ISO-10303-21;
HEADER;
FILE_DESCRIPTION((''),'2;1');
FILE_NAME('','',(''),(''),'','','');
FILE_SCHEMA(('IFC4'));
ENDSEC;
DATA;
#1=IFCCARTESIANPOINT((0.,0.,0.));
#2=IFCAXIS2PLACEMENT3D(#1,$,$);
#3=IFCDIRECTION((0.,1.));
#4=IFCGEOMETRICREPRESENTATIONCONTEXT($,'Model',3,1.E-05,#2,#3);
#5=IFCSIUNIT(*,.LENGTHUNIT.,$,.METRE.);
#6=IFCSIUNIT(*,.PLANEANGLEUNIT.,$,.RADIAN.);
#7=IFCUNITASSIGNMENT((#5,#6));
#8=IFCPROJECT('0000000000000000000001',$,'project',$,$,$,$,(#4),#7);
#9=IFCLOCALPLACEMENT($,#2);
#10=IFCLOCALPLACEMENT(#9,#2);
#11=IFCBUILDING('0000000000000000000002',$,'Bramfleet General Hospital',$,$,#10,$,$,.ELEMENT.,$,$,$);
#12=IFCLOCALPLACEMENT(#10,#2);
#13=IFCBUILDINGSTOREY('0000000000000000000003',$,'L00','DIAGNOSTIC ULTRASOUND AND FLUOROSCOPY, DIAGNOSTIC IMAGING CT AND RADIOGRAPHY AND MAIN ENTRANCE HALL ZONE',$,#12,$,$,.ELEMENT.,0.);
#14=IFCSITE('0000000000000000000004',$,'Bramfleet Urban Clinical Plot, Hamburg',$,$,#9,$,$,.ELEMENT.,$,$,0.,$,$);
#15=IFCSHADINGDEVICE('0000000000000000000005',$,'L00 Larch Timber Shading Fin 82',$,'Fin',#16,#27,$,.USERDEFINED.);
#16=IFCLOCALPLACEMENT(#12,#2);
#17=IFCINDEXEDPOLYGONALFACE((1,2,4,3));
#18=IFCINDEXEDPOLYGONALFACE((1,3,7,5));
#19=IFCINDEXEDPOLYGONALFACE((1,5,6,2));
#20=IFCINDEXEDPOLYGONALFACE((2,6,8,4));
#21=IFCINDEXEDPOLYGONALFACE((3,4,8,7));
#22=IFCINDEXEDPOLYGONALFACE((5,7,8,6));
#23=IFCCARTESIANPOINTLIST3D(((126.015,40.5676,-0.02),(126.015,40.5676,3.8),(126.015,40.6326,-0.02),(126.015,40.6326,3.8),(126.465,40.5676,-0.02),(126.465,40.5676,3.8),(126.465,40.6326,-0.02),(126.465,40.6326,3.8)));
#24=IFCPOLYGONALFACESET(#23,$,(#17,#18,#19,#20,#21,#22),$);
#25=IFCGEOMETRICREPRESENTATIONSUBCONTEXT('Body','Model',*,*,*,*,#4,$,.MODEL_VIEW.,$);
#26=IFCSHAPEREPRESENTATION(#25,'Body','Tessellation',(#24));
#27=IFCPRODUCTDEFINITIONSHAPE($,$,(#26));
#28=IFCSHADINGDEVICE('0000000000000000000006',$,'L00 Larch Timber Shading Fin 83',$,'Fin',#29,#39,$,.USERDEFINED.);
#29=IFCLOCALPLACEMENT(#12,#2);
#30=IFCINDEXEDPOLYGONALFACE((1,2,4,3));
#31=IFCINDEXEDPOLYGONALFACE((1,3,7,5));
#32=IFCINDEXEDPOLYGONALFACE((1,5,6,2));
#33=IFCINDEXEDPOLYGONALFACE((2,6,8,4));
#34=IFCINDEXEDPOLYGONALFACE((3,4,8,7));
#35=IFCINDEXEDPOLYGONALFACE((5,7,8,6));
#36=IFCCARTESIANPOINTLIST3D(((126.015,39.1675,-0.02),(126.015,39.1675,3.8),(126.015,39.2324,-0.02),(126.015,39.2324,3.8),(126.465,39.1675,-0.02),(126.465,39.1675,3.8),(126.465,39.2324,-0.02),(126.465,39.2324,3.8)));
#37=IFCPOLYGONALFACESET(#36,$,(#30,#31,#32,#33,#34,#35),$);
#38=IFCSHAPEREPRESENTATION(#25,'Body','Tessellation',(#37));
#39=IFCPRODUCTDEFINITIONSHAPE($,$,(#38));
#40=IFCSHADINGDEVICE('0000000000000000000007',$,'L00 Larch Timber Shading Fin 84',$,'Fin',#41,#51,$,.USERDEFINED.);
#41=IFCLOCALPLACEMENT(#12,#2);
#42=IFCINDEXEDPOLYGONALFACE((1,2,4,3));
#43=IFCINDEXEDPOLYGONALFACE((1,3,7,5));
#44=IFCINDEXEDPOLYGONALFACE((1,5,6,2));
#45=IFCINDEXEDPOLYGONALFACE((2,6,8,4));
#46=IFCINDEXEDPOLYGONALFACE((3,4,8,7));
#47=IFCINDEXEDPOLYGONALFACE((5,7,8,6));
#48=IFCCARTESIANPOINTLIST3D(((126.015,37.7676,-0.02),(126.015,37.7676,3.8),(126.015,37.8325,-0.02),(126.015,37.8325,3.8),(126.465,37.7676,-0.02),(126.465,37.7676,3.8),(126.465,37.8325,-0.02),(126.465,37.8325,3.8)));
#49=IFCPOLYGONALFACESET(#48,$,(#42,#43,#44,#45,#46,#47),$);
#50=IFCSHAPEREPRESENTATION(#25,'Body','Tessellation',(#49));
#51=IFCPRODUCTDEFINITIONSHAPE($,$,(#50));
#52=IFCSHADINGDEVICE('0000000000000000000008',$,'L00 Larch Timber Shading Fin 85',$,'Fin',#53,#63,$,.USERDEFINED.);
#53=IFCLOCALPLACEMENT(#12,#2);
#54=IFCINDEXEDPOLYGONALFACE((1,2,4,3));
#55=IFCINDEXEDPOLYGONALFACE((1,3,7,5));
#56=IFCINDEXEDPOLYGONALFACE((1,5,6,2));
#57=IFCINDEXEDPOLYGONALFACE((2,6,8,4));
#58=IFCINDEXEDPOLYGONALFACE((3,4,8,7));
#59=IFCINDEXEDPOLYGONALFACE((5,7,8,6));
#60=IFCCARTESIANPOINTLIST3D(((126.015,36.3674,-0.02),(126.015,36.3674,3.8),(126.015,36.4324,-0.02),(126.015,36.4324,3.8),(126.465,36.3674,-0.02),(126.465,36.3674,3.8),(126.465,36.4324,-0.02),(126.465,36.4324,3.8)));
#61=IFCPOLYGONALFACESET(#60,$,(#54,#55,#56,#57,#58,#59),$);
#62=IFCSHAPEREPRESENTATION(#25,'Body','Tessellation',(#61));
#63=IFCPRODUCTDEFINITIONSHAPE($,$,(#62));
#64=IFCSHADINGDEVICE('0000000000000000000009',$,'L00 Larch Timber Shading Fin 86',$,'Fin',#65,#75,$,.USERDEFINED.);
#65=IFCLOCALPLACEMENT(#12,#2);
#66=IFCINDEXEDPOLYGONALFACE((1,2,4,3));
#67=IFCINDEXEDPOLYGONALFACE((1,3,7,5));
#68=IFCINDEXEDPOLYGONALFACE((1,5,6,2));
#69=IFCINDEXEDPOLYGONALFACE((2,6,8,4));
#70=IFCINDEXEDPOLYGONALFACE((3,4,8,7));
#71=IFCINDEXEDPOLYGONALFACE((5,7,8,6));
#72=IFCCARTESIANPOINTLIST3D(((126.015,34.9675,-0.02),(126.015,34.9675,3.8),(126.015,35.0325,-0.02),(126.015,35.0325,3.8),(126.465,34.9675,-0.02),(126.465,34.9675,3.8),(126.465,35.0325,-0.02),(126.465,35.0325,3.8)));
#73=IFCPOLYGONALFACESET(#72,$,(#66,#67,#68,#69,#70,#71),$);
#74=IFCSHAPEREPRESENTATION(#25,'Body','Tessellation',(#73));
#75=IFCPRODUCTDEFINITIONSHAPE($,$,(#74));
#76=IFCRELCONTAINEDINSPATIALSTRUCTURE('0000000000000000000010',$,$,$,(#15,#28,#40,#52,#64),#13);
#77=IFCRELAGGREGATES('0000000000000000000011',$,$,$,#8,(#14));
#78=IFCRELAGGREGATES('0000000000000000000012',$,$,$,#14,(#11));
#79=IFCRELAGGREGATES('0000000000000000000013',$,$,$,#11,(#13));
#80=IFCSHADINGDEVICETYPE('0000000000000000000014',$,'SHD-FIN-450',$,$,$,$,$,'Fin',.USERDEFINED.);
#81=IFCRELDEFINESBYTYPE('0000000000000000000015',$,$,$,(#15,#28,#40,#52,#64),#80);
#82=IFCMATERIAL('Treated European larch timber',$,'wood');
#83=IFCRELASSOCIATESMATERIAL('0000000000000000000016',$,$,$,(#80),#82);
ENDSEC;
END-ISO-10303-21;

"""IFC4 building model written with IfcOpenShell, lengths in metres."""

from ifc_helpers import new_model, si_unit, direction, frame, origin, origin_2d, place, context, subcontext, project, spatial, rectangle, extrude, material, material_profile, profile_set, type_object, element, save


model = new_model("IFC4")

# Units and contexts
model_context = context("Model", 3, precision=1e-05, world=origin(), true_north=direction((0.0, 1.0)))
body_context = subcontext(model_context, "Body", "Model", "MODEL_VIEW")
ifc_project = project(units=[si_unit("LENGTHUNIT", "METRE"), si_unit("PLANEANGLEUNIT", "RADIAN")], contexts=[model_context])

# Site, building, storey
site_placement = place(None, origin())
site = spatial("IfcSite", under=ifc_project, at=site_placement, Name="Bramfleet Urban Clinical Plot, Hamburg", CompositionType="ELEMENT", RefElevation=0.0)
building_placement = place(site_placement, origin())
building = spatial("IfcBuilding", under=site, at=building_placement, Name="Bramfleet General Hospital", CompositionType="ELEMENT")
storey_placement = place(building_placement, origin())
storey = spatial("IfcBuildingStorey", under=building, at=storey_placement, Name="L00", Description="DIAGNOSTIC ULTRASOUND AND FLUOROSCOPY, DIAGNOSTIC IMAGING CT AND RADIOGRAPHY AND MAIN ENTRANCE HALL ZONE", CompositionType="ELEMENT", Elevation=0.0)

# Shading devices
ifc_material_1 = material(Name="Treated European larch timber", Category="wood")
ifc_material_profile_1 = material_profile(ifc_material_1, rectangle(XDim=0.0649, YDim=0.45, at=origin_2d()), Name="LARCH FIN 450x65")
ifc_profile_set_1 = profile_set([ifc_material_profile_1], Name="Treated European larch timber")
shading_device_type = type_object("IfcShadingDeviceType", Name="SHD-FIN-450", ElementType="Fin", PredefinedType="USERDEFINED", material=ifc_profile_set_1)
for number, where, z_axis, x_axis, name in (
    (1, (126.24, 40.6001, -0.02), (0.0, 0.0, 1.0), (0.0, -1.0, 0.0), "L00 Larch Timber Shading Fin 82"),
    (2, (126.24, 39.2, -0.02), (0.0, 0.0, 1.0), (0.0, -1.0, 0.0), "L00 Larch Timber Shading Fin 83"),
    (3, (126.24, 37.8, -0.02), (0.0, 0.0, 1.0), (0.0, -1.0, 0.0), "L00 Larch Timber Shading Fin 84"),
    (4, (126.24, 36.3999, -0.02), (0.0, 0.0, 1.0), (0.0, -1.0, 0.0), "L00 Larch Timber Shading Fin 85"),
    (5, (126.24, 35.0, -0.02), (0.0, 0.0, 1.0), (0.0, -1.0, 0.0), "L00 Larch Timber Shading Fin 86"),
):
    element("IfcShadingDevice", number, at=place(storey_placement, frame(where, z_axis=z_axis, x_axis=x_axis)), inside=storey, type_object=shading_device_type, Name=name, ObjectType="Fin", PredefinedType="USERDEFINED", context=body_context, shape_type="SweptSolid", body=[
        extrude(rectangle(XDim=0.0649, YDim=0.45, at=origin_2d()), origin(), (0.0, 0.0, 1.0), 3.8201),
    ])

save(model, "model.ifc")
